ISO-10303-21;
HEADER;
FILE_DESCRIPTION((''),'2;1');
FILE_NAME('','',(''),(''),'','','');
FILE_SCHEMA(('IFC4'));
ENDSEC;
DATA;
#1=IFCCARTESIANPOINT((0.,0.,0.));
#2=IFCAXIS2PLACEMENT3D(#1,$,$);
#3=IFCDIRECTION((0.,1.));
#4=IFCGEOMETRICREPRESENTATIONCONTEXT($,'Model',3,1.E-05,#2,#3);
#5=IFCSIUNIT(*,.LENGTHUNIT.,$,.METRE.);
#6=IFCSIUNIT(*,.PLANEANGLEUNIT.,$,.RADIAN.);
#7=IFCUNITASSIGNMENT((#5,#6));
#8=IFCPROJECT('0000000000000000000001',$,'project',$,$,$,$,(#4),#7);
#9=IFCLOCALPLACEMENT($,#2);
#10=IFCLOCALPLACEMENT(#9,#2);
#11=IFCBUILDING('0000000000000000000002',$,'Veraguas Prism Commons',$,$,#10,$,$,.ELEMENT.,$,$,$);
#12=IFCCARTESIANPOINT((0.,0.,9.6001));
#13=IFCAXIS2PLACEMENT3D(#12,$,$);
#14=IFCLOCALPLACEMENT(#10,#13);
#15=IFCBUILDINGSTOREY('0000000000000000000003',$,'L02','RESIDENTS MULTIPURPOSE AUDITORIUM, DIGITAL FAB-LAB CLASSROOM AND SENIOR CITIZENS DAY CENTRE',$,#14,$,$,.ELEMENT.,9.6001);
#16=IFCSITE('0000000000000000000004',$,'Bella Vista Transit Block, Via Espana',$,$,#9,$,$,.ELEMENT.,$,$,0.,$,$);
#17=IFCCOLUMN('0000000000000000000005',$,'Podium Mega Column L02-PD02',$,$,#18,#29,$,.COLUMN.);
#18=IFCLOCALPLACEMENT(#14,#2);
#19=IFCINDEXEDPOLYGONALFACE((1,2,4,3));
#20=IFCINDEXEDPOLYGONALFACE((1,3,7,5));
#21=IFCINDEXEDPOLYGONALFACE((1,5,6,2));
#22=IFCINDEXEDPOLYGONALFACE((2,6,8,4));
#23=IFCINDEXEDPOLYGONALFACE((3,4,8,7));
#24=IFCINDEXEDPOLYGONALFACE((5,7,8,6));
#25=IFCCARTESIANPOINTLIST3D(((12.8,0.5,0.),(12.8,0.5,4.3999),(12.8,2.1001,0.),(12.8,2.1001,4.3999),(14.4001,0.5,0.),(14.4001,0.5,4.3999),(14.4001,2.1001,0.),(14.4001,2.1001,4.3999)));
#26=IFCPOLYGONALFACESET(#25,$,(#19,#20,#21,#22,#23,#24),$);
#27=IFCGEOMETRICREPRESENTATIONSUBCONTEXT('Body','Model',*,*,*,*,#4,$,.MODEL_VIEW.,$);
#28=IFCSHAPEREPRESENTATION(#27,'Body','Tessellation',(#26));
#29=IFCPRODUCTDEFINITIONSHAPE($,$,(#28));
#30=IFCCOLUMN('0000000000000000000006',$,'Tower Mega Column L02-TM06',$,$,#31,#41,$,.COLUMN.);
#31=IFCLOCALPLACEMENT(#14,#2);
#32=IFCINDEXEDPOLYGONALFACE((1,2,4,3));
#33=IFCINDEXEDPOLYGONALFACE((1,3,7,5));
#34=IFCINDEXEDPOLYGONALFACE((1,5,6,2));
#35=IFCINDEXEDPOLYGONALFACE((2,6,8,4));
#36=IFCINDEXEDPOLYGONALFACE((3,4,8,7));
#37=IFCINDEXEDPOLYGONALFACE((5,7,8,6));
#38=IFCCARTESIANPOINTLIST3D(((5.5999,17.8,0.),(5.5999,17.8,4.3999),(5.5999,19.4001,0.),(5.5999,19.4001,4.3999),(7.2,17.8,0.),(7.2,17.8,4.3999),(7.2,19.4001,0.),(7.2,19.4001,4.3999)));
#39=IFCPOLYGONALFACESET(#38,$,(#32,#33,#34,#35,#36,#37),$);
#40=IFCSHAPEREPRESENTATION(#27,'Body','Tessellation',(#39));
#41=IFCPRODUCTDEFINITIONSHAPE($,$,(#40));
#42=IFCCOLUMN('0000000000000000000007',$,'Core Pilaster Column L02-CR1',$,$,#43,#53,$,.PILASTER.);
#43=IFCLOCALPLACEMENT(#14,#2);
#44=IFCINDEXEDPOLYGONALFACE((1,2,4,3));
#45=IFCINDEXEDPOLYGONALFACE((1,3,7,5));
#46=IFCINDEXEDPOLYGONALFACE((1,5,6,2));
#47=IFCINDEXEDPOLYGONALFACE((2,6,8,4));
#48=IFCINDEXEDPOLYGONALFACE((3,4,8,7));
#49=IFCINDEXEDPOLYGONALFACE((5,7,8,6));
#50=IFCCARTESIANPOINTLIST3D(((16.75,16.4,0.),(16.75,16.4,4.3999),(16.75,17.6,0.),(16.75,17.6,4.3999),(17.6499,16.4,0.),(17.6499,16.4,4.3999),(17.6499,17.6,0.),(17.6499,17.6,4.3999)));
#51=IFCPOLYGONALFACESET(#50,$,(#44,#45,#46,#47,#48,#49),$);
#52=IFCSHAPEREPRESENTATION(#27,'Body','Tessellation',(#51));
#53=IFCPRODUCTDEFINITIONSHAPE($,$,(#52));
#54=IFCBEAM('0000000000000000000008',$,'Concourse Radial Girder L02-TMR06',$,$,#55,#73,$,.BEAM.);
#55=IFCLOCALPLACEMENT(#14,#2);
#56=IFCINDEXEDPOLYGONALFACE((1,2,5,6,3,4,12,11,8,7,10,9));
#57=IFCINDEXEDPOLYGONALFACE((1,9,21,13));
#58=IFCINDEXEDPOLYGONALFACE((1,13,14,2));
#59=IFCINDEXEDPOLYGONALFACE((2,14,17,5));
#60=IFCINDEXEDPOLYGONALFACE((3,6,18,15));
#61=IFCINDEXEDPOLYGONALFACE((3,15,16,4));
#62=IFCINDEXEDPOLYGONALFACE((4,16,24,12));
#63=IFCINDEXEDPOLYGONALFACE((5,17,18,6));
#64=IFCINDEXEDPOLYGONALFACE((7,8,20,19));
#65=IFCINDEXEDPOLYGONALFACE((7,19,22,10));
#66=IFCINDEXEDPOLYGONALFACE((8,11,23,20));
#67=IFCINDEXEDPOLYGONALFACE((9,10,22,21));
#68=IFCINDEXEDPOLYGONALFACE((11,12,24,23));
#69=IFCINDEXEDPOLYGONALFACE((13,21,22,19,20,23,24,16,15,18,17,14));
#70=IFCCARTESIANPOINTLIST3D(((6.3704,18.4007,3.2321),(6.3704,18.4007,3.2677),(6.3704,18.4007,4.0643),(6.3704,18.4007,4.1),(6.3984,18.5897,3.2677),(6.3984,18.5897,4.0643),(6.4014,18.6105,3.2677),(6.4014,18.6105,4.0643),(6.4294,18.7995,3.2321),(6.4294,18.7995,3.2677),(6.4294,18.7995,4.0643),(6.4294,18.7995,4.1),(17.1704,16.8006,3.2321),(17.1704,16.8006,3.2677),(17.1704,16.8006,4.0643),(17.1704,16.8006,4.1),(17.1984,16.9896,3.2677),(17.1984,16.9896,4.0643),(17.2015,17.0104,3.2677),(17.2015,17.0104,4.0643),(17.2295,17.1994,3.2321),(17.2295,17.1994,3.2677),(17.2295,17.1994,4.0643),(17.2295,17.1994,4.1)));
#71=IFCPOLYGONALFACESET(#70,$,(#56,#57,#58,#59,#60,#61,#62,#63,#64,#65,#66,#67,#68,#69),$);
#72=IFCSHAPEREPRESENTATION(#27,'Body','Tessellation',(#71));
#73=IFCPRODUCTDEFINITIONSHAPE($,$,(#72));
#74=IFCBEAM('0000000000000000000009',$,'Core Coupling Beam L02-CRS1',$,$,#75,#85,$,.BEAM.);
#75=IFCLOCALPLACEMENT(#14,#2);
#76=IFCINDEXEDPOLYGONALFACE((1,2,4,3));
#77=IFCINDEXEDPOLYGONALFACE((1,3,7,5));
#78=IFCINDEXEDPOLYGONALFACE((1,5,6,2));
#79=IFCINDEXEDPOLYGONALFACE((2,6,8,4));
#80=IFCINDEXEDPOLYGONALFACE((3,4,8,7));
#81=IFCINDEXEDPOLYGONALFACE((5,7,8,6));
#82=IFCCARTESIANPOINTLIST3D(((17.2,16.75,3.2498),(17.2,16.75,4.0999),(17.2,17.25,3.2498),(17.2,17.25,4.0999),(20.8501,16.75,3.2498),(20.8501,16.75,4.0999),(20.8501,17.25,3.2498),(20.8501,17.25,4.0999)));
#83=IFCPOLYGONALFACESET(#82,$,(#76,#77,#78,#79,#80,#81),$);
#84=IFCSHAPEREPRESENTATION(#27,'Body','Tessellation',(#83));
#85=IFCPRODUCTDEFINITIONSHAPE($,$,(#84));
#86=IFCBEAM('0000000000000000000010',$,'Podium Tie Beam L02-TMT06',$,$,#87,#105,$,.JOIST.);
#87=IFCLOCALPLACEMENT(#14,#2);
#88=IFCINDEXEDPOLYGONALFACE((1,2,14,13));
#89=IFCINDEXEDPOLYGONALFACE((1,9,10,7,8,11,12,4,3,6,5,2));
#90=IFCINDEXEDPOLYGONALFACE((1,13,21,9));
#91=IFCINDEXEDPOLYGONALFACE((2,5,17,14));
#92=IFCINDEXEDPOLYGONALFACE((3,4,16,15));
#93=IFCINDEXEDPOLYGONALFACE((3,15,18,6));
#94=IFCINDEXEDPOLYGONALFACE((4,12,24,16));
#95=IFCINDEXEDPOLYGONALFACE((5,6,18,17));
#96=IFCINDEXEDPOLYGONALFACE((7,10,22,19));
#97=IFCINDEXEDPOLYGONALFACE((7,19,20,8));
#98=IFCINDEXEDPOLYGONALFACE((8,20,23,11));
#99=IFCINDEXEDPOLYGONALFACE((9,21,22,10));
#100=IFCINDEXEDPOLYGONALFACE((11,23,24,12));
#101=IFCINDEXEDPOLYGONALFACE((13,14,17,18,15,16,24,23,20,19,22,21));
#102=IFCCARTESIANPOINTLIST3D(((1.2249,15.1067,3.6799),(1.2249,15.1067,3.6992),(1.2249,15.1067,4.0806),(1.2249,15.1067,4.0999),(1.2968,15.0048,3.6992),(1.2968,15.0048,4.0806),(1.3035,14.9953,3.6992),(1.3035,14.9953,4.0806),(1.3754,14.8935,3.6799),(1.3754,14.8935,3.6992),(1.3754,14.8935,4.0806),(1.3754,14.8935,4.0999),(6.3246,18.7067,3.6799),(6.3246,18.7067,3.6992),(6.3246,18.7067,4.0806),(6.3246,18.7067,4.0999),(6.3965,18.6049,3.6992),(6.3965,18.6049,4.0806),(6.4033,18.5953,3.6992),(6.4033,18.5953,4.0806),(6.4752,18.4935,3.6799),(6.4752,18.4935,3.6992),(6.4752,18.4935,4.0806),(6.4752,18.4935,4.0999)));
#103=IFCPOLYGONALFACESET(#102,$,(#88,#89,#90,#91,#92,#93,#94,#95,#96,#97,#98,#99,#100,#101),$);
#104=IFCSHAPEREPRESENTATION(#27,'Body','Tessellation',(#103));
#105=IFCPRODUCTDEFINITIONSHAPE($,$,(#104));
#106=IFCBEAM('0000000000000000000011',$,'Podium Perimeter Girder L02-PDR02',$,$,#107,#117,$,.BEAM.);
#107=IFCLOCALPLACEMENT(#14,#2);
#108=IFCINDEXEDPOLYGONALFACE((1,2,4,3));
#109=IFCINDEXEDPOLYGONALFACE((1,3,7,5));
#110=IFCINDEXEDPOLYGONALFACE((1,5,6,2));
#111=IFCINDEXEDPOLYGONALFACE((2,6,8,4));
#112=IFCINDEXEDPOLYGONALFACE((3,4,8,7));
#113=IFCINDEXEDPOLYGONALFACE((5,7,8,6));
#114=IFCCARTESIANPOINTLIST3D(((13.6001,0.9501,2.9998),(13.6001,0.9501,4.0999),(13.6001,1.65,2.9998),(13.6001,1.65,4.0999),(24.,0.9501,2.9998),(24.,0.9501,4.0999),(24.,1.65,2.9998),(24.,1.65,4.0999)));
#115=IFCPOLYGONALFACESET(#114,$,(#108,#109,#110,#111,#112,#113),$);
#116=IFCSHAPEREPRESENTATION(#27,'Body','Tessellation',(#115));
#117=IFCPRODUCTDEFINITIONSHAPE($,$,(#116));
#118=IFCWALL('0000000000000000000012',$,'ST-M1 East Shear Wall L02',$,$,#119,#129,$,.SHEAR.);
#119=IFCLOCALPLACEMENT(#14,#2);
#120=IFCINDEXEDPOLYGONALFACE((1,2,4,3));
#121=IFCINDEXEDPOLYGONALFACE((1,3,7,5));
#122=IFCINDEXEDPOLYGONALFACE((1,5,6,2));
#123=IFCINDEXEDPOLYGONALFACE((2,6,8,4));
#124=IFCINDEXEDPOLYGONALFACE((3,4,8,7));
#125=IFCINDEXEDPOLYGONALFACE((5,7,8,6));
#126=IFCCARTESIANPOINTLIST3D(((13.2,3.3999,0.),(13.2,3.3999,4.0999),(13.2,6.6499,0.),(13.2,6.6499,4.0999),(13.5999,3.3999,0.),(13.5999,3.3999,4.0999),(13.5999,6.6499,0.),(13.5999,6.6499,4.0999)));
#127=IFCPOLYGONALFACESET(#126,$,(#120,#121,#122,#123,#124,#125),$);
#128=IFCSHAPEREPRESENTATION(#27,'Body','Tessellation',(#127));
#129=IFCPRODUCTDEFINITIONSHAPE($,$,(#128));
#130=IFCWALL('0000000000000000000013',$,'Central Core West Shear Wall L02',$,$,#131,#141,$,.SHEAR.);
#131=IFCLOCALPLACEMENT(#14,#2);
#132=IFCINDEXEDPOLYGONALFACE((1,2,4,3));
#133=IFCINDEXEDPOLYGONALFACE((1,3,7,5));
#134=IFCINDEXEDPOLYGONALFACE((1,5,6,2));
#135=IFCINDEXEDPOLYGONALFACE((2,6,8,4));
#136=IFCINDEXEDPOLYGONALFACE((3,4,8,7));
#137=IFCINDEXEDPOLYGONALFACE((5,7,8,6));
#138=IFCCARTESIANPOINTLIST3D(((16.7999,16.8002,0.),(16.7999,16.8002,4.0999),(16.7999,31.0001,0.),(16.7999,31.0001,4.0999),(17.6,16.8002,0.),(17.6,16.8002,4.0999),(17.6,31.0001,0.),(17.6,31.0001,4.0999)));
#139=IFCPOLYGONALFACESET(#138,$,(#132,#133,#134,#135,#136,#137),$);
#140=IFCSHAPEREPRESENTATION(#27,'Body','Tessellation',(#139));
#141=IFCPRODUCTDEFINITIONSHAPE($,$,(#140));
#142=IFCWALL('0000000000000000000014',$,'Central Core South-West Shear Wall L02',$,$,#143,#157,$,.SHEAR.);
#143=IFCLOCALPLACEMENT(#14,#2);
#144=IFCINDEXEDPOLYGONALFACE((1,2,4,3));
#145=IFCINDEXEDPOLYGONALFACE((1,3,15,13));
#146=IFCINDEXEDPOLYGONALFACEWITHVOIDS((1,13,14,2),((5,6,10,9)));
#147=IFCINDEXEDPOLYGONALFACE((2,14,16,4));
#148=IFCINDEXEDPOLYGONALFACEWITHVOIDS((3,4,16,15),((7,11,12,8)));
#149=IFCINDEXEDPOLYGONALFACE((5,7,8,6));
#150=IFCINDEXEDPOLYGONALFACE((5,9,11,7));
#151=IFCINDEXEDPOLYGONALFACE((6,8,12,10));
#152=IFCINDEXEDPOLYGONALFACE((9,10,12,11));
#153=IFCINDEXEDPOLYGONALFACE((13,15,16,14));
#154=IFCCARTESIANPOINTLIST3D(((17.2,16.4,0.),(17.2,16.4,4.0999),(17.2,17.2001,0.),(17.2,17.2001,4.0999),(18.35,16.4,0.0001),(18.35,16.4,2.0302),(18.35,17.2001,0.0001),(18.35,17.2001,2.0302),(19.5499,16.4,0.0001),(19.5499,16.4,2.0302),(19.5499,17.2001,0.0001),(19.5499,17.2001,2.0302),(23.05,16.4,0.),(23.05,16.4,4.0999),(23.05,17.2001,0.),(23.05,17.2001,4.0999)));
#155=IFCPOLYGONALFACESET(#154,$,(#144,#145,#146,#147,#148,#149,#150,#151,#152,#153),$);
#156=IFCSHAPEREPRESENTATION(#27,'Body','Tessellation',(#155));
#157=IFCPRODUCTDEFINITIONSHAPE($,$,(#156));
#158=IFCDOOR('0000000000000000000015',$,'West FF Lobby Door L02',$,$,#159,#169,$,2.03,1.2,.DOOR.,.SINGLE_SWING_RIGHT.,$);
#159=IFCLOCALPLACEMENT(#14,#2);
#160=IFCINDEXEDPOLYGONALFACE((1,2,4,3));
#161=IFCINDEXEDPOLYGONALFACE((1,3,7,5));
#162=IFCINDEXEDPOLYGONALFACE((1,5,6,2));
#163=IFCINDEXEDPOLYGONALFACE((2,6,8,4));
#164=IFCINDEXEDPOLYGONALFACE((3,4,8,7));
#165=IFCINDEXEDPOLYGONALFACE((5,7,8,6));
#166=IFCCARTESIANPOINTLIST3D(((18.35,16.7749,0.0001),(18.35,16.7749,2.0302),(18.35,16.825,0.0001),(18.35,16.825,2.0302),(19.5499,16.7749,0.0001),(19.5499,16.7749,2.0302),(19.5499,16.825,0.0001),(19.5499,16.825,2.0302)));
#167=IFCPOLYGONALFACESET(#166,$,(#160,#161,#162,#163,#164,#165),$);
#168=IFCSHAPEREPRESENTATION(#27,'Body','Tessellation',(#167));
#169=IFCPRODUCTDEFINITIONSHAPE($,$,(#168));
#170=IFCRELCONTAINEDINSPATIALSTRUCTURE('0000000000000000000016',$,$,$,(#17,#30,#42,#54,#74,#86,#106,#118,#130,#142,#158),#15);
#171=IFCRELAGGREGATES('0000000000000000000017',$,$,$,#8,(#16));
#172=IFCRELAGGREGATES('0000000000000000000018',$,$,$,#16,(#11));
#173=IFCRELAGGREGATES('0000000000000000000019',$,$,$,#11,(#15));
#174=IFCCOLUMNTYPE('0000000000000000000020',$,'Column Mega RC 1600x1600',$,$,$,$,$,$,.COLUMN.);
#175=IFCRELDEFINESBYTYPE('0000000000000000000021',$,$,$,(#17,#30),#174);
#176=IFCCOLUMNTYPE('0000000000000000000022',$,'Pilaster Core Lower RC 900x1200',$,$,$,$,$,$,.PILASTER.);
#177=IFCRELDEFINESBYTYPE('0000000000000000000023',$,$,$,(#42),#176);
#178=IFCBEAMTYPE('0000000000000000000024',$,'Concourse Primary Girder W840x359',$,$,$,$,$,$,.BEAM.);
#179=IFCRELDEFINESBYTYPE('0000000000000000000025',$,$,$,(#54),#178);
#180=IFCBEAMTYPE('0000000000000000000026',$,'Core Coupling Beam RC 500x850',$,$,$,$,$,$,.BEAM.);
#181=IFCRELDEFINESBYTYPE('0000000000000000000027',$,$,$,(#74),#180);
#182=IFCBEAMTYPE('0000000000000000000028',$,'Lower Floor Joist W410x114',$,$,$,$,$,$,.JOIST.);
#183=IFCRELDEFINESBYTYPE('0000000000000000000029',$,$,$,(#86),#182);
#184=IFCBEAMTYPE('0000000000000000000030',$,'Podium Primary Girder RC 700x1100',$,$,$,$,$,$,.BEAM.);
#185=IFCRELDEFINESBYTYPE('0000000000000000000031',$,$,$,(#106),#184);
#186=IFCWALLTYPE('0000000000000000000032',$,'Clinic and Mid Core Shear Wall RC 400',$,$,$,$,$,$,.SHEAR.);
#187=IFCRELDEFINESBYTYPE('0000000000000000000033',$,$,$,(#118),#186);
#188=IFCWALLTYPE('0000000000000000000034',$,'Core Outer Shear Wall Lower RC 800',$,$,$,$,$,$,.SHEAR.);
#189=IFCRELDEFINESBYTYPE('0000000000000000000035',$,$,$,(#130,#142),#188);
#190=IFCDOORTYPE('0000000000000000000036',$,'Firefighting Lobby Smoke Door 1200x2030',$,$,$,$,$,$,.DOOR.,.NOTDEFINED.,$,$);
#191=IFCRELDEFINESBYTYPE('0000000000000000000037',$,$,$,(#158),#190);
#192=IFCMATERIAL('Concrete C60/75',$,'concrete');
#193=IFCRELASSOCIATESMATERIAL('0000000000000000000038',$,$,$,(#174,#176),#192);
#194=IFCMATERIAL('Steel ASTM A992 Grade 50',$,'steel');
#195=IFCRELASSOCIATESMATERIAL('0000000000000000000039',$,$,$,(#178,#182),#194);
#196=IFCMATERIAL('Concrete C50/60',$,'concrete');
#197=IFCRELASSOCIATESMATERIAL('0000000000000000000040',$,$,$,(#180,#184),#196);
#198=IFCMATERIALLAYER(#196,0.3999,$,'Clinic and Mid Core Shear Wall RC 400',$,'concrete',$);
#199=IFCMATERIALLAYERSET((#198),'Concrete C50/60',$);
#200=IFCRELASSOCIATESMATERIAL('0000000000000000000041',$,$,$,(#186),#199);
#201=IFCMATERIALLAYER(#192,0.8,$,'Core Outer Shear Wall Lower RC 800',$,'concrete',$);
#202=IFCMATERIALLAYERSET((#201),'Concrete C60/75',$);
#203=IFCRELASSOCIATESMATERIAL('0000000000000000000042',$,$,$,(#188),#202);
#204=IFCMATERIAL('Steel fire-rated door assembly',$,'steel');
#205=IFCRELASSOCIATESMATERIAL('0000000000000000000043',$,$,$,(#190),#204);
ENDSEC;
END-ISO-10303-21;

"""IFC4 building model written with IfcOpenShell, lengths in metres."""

from ifc_helpers import new_model, si_unit, direction, frame, frame_2d, origin, origin_2d, place, context, subcontext, project, spatial, rectangle, i_section, extrude, source, transform, mapped, material, layer, layer_set, material_profile, profile_set, type_object, element, fill, save


model = new_model("IFC4")

# Units and contexts
model_context = context("Model", 3, precision=1e-05, world=origin(), true_north=direction((0.0, 1.0)))
body_context = subcontext(model_context, "Body", "Model", "MODEL_VIEW")
ifc_project = project(units=[si_unit("LENGTHUNIT", "METRE"), si_unit("PLANEANGLEUNIT", "RADIAN")], contexts=[model_context])

# Site, building, storey
site_placement = place(None, origin())
site = spatial("IfcSite", under=ifc_project, at=site_placement, Name="Bella Vista Transit Block, Via Espana", CompositionType="ELEMENT", RefElevation=0.0)
building_placement = place(site_placement, origin())
building = spatial("IfcBuilding", under=site, at=building_placement, Name="Veraguas Prism Commons", CompositionType="ELEMENT")
storey_placement = place(building_placement, frame((0.0, 0.0, 9.6001)))
storey = spatial("IfcBuildingStorey", under=building, at=storey_placement, Name="L02", Description="RESIDENTS MULTIPURPOSE AUDITORIUM, DIGITAL FAB-LAB CLASSROOM AND SENIOR CITIZENS DAY CENTRE", CompositionType="ELEMENT", Elevation=9.6001)

# Columns
ifc_material_1 = material(Name="Concrete C60/75", Category="concrete")
ifc_material_profile_1 = material_profile(ifc_material_1, rectangle(XDim=1.6001, YDim=1.6001, at=origin_2d()), Name="RC1600X1600")
ifc_profile_set_1 = profile_set([ifc_material_profile_1], Name="Concrete C60/75")
column_type_1 = type_object("IfcColumnType", Name="Column Mega RC 1600x1600", PredefinedType="COLUMN", material=ifc_profile_set_1)
for number, where, z_axis, x_axis, name in (
    (1, (13.6001, 1.3, 0.0), (0.0, 0.0, 1.0), (1.0, 0.0, 0.0), "Podium Mega Column L02-PD02"),
    (2, (6.3999, 18.6001, 0.0), (0.0, 0.0, 1.0), (1.0, 0.0, 0.0), "Tower Mega Column L02-TM06"),
):
    element("IfcColumn", number, at=place(storey_placement, frame(where, z_axis=z_axis, x_axis=x_axis)), inside=storey, type_object=column_type_1, Name=name, PredefinedType="COLUMN", context=body_context, shape_type="SweptSolid", body=[
        extrude(rectangle(XDim=1.6001, YDim=1.6001, at=origin_2d()), origin(), (0.0, 0.0, 1.0), 4.3999),
    ])
ifc_material_profile_2 = material_profile(ifc_material_1, rectangle(XDim=0.8999, YDim=1.2, at=origin_2d()), Name="RC900X1200")
ifc_profile_set_2 = profile_set([ifc_material_profile_2], Name="Concrete C60/75")
column_type_2 = type_object("IfcColumnType", Name="Pilaster Core Lower RC 900x1200", PredefinedType="PILASTER", material=ifc_profile_set_2)
column_placement = place(storey_placement, frame((17.2, 17.0, 0.0), z_axis=(0.0, 0.0, 1.0), x_axis=(1.0, 0.0, 0.0)))
element("IfcColumn", 3, at=column_placement, inside=storey, type_object=column_type_2, Name="Core Pilaster Column L02-CR1", PredefinedType="PILASTER", context=body_context, shape_type="SweptSolid", body=[
    extrude(rectangle(XDim=0.8999, YDim=1.2, at=origin_2d()), origin(), (0.0, 0.0, 1.0), 4.3999),
])

# Beams
ifc_material_2 = material(Name="Steel ASTM A992 Grade 50", Category="steel")
ifc_material_profile_3 = material_profile(ifc_material_2, i_section(OverallWidth=0.4031, OverallDepth=0.8679, WebThickness=0.021, FlangeThickness=0.0356, at=origin_2d()), Name="W840X359")
ifc_profile_set_3 = profile_set([ifc_material_profile_3], Name="Steel ASTM A992 Grade 50")
beam_type_1 = type_object("IfcBeamType", Name="Concourse Primary Girder W840x359", PredefinedType="BEAM", material=ifc_profile_set_3)
beam_1_placement = place(storey_placement, frame((6.3999, 18.6001, 3.666), z_axis=(0.989202, -0.146557, 0.0), x_axis=(0.146557, 0.989202, 0.0)))
element("IfcBeam", 4, at=beam_1_placement, inside=storey, type_object=beam_type_1, Name="Concourse Radial Girder L02-TMR06", PredefinedType="BEAM", context=body_context, shape_type="SweptSolid", body=[
    extrude(i_section(OverallWidth=0.4031, OverallDepth=0.8679, WebThickness=0.021, FlangeThickness=0.0356, at=origin_2d()), origin(), (0.0, 0.0, 1.0), 10.918),
])
ifc_material_3 = material(Name="Concrete C50/60", Category="concrete")
ifc_material_profile_4 = material_profile(ifc_material_3, rectangle(XDim=0.5, YDim=0.8501, at=origin_2d()), Name="RC500X850")
ifc_profile_set_4 = profile_set([ifc_material_profile_4], Name="Concrete C50/60")
beam_type_2 = type_object("IfcBeamType", Name="Core Coupling Beam RC 500x850", PredefinedType="BEAM", material=ifc_profile_set_4)
beam_2_placement = place(storey_placement, frame((17.2, 17.0, 3.6748), z_axis=(1.0, 0.0, 0.0), x_axis=(0.0, 1.0, 0.0)))
element("IfcBeam", 5, at=beam_2_placement, inside=storey, type_object=beam_type_2, Name="Core Coupling Beam L02-CRS1", PredefinedType="BEAM", context=body_context, shape_type="SweptSolid", body=[
    extrude(rectangle(XDim=0.5, YDim=0.8501, at=origin_2d()), origin(), (0.0, 0.0, 1.0), 3.6501),
])
ifc_material_profile_5 = material_profile(ifc_material_2, i_section(OverallWidth=0.261, OverallDepth=0.4199, WebThickness=0.0117, FlangeThickness=0.0193, at=origin_2d()), Name="W410X114")
ifc_profile_set_5 = profile_set([ifc_material_profile_5], Name="Steel ASTM A992 Grade 50")
beam_type_3 = type_object("IfcBeamType", Name="Lower Floor Joist W410x114", PredefinedType="JOIST", material=ifc_profile_set_5)
beam_3_placement = place(storey_placement, frame((6.3999, 18.6001, 3.8899), z_axis=(-0.816953, -0.576705, 0.0), x_axis=(0.576705, -0.816953, 0.0)))
element("IfcBeam", 6, at=beam_3_placement, inside=storey, type_object=beam_type_3, Name="Podium Tie Beam L02-TMT06", PredefinedType="JOIST", context=body_context, shape_type="SweptSolid", body=[
    extrude(i_section(OverallWidth=0.261, OverallDepth=0.4199, WebThickness=0.0117, FlangeThickness=0.0193, at=origin_2d()), origin(), (0.0, 0.0, 1.0), 6.2424),
])
ifc_material_profile_6 = material_profile(ifc_material_3, rectangle(XDim=0.7, YDim=1.1001, at=origin_2d()), Name="RC700X1100")
ifc_profile_set_6 = profile_set([ifc_material_profile_6], Name="Concrete C50/60")
beam_type_4 = type_object("IfcBeamType", Name="Podium Primary Girder RC 700x1100", PredefinedType="BEAM", material=ifc_profile_set_6)
beam_4_placement = place(storey_placement, frame((13.6001, 1.3, 3.5498), z_axis=(1.0, 0.0, 0.0), x_axis=(0.0, 1.0, 0.0)))
element("IfcBeam", 7, at=beam_4_placement, inside=storey, type_object=beam_type_4, Name="Podium Perimeter Girder L02-PDR02", PredefinedType="BEAM", context=body_context, shape_type="SweptSolid", body=[
    extrude(rectangle(XDim=0.7, YDim=1.1001, at=origin_2d()), origin(), (0.0, 0.0, 1.0), 10.3999),
])

# Walls
ifc_layer_1 = layer(ifc_material_3, 0.3999, Name="Clinic and Mid Core Shear Wall RC 400", Category="concrete")
ifc_layer_set_1 = layer_set([ifc_layer_1], Name="Concrete C50/60")
wall_type_1 = type_object("IfcWallType", Name="Clinic and Mid Core Shear Wall RC 400", PredefinedType="SHEAR", material=ifc_layer_set_1)
wall_1_placement = place(storey_placement, frame((13.3999, 3.3999, 0.0), z_axis=(0.0, 0.0, 1.0), x_axis=(0.0, 1.0, 0.0)))
element("IfcWall", 8, at=wall_1_placement, inside=storey, type_object=wall_type_1, Name="ST-M1 East Shear Wall L02", PredefinedType="SHEAR", context=body_context, shape_type="SweptSolid", body=[
    extrude(rectangle(XDim=3.25, YDim=0.3999, at=frame_2d((1.625, 0.0))), origin(), (0.0, 0.0, 1.0), 4.0999),
])
ifc_layer_2 = layer(ifc_material_1, 0.8, Name="Core Outer Shear Wall Lower RC 800", Category="concrete")
ifc_layer_set_2 = layer_set([ifc_layer_2], Name="Concrete C60/75")
wall_type_2 = type_object("IfcWallType", Name="Core Outer Shear Wall Lower RC 800", PredefinedType="SHEAR", material=ifc_layer_set_2)
wall_2_placement = place(storey_placement, frame((17.2, 16.8, 0.0), z_axis=(0.0, 0.0, 1.0), x_axis=(0.0, 1.0, 0.0)))
element("IfcWall", 9, at=wall_2_placement, inside=storey, type_object=wall_type_2, Name="Central Core West Shear Wall L02", PredefinedType="SHEAR", context=body_context, shape_type="SweptSolid", body=[
    extrude(rectangle(XDim=14.2, YDim=0.8, at=frame_2d((7.1001, 0.0))), origin(), (0.0, 0.0, 1.0), 4.0999),
])

# Wall, opening, door
wall_3_placement = place(storey_placement, frame((17.2, 16.8, 0.0), z_axis=(0.0, 0.0, 1.0), x_axis=(1.0, 0.0, 0.0)))
wall_3 = element("IfcWall", 10, at=wall_3_placement, inside=storey, type_object=wall_type_2, Name="Central Core South-West Shear Wall L02", PredefinedType="SHEAR", context=body_context, shape_type="SweptSolid", body=[
    extrude(rectangle(XDim=5.8501, YDim=0.8, at=frame_2d((2.925, 0.0))), origin(), (0.0, 0.0, 1.0), 4.0999),
])
opening_1_placement = place(wall_3_placement, frame((1.1499, 0.0, 0.0)))
opening_1 = element("IfcOpeningElement", 11, at=opening_1_placement, cuts=wall_3, PredefinedType="OPENING", context=body_context, shape_type="SweptSolid", body=[
    extrude(rectangle(XDim=1.2, YDim=2.03, at=frame_2d((0.6001, 1.0151))), frame((0.0, 0.4099, 0.0), z_axis=(0.0, -1.0, 0.0), x_axis=(1.0, 0.0, 0.0)), (0.0, 0.0, 1.0), 0.8201),
])
ifc_material_4 = material(Name="Steel fire-rated door assembly", Category="steel")
door_type_1 = type_object("IfcDoorType", Name="Firefighting Lobby Smoke Door 1200x2030", OperationType="NOTDEFINED", PredefinedType="DOOR", material=ifc_material_4)
shared_shape_1 = source(origin(), body_context, "Body", "SweptSolid", [
    extrude(rectangle(XDim=1.2, YDim=2.03, at=frame_2d((0.6001, 1.0151))), frame((0.0, 0.0249, 0.0), z_axis=(0.0, -1.0, 0.0), x_axis=(1.0, 0.0, 0.0)), (0.0, 0.0, 1.0), 0.05),
])
door_1_placement = place(opening_1_placement, origin())
door_1 = element("IfcDoor", 12, at=door_1_placement, inside=storey, type_object=door_type_1, Name="West FF Lobby Door L02", OperationType="SINGLE_SWING_RIGHT", OverallHeight=2.03, OverallWidth=1.2, PredefinedType="DOOR", context=body_context, shape_type="MappedRepresentation", body=[
    mapped(shared_shape_1, transform((0.0, 0.0, 0.0), scale=1.0)),
])
fill(opening_1, door_1)

save(model, "model.ifc")
